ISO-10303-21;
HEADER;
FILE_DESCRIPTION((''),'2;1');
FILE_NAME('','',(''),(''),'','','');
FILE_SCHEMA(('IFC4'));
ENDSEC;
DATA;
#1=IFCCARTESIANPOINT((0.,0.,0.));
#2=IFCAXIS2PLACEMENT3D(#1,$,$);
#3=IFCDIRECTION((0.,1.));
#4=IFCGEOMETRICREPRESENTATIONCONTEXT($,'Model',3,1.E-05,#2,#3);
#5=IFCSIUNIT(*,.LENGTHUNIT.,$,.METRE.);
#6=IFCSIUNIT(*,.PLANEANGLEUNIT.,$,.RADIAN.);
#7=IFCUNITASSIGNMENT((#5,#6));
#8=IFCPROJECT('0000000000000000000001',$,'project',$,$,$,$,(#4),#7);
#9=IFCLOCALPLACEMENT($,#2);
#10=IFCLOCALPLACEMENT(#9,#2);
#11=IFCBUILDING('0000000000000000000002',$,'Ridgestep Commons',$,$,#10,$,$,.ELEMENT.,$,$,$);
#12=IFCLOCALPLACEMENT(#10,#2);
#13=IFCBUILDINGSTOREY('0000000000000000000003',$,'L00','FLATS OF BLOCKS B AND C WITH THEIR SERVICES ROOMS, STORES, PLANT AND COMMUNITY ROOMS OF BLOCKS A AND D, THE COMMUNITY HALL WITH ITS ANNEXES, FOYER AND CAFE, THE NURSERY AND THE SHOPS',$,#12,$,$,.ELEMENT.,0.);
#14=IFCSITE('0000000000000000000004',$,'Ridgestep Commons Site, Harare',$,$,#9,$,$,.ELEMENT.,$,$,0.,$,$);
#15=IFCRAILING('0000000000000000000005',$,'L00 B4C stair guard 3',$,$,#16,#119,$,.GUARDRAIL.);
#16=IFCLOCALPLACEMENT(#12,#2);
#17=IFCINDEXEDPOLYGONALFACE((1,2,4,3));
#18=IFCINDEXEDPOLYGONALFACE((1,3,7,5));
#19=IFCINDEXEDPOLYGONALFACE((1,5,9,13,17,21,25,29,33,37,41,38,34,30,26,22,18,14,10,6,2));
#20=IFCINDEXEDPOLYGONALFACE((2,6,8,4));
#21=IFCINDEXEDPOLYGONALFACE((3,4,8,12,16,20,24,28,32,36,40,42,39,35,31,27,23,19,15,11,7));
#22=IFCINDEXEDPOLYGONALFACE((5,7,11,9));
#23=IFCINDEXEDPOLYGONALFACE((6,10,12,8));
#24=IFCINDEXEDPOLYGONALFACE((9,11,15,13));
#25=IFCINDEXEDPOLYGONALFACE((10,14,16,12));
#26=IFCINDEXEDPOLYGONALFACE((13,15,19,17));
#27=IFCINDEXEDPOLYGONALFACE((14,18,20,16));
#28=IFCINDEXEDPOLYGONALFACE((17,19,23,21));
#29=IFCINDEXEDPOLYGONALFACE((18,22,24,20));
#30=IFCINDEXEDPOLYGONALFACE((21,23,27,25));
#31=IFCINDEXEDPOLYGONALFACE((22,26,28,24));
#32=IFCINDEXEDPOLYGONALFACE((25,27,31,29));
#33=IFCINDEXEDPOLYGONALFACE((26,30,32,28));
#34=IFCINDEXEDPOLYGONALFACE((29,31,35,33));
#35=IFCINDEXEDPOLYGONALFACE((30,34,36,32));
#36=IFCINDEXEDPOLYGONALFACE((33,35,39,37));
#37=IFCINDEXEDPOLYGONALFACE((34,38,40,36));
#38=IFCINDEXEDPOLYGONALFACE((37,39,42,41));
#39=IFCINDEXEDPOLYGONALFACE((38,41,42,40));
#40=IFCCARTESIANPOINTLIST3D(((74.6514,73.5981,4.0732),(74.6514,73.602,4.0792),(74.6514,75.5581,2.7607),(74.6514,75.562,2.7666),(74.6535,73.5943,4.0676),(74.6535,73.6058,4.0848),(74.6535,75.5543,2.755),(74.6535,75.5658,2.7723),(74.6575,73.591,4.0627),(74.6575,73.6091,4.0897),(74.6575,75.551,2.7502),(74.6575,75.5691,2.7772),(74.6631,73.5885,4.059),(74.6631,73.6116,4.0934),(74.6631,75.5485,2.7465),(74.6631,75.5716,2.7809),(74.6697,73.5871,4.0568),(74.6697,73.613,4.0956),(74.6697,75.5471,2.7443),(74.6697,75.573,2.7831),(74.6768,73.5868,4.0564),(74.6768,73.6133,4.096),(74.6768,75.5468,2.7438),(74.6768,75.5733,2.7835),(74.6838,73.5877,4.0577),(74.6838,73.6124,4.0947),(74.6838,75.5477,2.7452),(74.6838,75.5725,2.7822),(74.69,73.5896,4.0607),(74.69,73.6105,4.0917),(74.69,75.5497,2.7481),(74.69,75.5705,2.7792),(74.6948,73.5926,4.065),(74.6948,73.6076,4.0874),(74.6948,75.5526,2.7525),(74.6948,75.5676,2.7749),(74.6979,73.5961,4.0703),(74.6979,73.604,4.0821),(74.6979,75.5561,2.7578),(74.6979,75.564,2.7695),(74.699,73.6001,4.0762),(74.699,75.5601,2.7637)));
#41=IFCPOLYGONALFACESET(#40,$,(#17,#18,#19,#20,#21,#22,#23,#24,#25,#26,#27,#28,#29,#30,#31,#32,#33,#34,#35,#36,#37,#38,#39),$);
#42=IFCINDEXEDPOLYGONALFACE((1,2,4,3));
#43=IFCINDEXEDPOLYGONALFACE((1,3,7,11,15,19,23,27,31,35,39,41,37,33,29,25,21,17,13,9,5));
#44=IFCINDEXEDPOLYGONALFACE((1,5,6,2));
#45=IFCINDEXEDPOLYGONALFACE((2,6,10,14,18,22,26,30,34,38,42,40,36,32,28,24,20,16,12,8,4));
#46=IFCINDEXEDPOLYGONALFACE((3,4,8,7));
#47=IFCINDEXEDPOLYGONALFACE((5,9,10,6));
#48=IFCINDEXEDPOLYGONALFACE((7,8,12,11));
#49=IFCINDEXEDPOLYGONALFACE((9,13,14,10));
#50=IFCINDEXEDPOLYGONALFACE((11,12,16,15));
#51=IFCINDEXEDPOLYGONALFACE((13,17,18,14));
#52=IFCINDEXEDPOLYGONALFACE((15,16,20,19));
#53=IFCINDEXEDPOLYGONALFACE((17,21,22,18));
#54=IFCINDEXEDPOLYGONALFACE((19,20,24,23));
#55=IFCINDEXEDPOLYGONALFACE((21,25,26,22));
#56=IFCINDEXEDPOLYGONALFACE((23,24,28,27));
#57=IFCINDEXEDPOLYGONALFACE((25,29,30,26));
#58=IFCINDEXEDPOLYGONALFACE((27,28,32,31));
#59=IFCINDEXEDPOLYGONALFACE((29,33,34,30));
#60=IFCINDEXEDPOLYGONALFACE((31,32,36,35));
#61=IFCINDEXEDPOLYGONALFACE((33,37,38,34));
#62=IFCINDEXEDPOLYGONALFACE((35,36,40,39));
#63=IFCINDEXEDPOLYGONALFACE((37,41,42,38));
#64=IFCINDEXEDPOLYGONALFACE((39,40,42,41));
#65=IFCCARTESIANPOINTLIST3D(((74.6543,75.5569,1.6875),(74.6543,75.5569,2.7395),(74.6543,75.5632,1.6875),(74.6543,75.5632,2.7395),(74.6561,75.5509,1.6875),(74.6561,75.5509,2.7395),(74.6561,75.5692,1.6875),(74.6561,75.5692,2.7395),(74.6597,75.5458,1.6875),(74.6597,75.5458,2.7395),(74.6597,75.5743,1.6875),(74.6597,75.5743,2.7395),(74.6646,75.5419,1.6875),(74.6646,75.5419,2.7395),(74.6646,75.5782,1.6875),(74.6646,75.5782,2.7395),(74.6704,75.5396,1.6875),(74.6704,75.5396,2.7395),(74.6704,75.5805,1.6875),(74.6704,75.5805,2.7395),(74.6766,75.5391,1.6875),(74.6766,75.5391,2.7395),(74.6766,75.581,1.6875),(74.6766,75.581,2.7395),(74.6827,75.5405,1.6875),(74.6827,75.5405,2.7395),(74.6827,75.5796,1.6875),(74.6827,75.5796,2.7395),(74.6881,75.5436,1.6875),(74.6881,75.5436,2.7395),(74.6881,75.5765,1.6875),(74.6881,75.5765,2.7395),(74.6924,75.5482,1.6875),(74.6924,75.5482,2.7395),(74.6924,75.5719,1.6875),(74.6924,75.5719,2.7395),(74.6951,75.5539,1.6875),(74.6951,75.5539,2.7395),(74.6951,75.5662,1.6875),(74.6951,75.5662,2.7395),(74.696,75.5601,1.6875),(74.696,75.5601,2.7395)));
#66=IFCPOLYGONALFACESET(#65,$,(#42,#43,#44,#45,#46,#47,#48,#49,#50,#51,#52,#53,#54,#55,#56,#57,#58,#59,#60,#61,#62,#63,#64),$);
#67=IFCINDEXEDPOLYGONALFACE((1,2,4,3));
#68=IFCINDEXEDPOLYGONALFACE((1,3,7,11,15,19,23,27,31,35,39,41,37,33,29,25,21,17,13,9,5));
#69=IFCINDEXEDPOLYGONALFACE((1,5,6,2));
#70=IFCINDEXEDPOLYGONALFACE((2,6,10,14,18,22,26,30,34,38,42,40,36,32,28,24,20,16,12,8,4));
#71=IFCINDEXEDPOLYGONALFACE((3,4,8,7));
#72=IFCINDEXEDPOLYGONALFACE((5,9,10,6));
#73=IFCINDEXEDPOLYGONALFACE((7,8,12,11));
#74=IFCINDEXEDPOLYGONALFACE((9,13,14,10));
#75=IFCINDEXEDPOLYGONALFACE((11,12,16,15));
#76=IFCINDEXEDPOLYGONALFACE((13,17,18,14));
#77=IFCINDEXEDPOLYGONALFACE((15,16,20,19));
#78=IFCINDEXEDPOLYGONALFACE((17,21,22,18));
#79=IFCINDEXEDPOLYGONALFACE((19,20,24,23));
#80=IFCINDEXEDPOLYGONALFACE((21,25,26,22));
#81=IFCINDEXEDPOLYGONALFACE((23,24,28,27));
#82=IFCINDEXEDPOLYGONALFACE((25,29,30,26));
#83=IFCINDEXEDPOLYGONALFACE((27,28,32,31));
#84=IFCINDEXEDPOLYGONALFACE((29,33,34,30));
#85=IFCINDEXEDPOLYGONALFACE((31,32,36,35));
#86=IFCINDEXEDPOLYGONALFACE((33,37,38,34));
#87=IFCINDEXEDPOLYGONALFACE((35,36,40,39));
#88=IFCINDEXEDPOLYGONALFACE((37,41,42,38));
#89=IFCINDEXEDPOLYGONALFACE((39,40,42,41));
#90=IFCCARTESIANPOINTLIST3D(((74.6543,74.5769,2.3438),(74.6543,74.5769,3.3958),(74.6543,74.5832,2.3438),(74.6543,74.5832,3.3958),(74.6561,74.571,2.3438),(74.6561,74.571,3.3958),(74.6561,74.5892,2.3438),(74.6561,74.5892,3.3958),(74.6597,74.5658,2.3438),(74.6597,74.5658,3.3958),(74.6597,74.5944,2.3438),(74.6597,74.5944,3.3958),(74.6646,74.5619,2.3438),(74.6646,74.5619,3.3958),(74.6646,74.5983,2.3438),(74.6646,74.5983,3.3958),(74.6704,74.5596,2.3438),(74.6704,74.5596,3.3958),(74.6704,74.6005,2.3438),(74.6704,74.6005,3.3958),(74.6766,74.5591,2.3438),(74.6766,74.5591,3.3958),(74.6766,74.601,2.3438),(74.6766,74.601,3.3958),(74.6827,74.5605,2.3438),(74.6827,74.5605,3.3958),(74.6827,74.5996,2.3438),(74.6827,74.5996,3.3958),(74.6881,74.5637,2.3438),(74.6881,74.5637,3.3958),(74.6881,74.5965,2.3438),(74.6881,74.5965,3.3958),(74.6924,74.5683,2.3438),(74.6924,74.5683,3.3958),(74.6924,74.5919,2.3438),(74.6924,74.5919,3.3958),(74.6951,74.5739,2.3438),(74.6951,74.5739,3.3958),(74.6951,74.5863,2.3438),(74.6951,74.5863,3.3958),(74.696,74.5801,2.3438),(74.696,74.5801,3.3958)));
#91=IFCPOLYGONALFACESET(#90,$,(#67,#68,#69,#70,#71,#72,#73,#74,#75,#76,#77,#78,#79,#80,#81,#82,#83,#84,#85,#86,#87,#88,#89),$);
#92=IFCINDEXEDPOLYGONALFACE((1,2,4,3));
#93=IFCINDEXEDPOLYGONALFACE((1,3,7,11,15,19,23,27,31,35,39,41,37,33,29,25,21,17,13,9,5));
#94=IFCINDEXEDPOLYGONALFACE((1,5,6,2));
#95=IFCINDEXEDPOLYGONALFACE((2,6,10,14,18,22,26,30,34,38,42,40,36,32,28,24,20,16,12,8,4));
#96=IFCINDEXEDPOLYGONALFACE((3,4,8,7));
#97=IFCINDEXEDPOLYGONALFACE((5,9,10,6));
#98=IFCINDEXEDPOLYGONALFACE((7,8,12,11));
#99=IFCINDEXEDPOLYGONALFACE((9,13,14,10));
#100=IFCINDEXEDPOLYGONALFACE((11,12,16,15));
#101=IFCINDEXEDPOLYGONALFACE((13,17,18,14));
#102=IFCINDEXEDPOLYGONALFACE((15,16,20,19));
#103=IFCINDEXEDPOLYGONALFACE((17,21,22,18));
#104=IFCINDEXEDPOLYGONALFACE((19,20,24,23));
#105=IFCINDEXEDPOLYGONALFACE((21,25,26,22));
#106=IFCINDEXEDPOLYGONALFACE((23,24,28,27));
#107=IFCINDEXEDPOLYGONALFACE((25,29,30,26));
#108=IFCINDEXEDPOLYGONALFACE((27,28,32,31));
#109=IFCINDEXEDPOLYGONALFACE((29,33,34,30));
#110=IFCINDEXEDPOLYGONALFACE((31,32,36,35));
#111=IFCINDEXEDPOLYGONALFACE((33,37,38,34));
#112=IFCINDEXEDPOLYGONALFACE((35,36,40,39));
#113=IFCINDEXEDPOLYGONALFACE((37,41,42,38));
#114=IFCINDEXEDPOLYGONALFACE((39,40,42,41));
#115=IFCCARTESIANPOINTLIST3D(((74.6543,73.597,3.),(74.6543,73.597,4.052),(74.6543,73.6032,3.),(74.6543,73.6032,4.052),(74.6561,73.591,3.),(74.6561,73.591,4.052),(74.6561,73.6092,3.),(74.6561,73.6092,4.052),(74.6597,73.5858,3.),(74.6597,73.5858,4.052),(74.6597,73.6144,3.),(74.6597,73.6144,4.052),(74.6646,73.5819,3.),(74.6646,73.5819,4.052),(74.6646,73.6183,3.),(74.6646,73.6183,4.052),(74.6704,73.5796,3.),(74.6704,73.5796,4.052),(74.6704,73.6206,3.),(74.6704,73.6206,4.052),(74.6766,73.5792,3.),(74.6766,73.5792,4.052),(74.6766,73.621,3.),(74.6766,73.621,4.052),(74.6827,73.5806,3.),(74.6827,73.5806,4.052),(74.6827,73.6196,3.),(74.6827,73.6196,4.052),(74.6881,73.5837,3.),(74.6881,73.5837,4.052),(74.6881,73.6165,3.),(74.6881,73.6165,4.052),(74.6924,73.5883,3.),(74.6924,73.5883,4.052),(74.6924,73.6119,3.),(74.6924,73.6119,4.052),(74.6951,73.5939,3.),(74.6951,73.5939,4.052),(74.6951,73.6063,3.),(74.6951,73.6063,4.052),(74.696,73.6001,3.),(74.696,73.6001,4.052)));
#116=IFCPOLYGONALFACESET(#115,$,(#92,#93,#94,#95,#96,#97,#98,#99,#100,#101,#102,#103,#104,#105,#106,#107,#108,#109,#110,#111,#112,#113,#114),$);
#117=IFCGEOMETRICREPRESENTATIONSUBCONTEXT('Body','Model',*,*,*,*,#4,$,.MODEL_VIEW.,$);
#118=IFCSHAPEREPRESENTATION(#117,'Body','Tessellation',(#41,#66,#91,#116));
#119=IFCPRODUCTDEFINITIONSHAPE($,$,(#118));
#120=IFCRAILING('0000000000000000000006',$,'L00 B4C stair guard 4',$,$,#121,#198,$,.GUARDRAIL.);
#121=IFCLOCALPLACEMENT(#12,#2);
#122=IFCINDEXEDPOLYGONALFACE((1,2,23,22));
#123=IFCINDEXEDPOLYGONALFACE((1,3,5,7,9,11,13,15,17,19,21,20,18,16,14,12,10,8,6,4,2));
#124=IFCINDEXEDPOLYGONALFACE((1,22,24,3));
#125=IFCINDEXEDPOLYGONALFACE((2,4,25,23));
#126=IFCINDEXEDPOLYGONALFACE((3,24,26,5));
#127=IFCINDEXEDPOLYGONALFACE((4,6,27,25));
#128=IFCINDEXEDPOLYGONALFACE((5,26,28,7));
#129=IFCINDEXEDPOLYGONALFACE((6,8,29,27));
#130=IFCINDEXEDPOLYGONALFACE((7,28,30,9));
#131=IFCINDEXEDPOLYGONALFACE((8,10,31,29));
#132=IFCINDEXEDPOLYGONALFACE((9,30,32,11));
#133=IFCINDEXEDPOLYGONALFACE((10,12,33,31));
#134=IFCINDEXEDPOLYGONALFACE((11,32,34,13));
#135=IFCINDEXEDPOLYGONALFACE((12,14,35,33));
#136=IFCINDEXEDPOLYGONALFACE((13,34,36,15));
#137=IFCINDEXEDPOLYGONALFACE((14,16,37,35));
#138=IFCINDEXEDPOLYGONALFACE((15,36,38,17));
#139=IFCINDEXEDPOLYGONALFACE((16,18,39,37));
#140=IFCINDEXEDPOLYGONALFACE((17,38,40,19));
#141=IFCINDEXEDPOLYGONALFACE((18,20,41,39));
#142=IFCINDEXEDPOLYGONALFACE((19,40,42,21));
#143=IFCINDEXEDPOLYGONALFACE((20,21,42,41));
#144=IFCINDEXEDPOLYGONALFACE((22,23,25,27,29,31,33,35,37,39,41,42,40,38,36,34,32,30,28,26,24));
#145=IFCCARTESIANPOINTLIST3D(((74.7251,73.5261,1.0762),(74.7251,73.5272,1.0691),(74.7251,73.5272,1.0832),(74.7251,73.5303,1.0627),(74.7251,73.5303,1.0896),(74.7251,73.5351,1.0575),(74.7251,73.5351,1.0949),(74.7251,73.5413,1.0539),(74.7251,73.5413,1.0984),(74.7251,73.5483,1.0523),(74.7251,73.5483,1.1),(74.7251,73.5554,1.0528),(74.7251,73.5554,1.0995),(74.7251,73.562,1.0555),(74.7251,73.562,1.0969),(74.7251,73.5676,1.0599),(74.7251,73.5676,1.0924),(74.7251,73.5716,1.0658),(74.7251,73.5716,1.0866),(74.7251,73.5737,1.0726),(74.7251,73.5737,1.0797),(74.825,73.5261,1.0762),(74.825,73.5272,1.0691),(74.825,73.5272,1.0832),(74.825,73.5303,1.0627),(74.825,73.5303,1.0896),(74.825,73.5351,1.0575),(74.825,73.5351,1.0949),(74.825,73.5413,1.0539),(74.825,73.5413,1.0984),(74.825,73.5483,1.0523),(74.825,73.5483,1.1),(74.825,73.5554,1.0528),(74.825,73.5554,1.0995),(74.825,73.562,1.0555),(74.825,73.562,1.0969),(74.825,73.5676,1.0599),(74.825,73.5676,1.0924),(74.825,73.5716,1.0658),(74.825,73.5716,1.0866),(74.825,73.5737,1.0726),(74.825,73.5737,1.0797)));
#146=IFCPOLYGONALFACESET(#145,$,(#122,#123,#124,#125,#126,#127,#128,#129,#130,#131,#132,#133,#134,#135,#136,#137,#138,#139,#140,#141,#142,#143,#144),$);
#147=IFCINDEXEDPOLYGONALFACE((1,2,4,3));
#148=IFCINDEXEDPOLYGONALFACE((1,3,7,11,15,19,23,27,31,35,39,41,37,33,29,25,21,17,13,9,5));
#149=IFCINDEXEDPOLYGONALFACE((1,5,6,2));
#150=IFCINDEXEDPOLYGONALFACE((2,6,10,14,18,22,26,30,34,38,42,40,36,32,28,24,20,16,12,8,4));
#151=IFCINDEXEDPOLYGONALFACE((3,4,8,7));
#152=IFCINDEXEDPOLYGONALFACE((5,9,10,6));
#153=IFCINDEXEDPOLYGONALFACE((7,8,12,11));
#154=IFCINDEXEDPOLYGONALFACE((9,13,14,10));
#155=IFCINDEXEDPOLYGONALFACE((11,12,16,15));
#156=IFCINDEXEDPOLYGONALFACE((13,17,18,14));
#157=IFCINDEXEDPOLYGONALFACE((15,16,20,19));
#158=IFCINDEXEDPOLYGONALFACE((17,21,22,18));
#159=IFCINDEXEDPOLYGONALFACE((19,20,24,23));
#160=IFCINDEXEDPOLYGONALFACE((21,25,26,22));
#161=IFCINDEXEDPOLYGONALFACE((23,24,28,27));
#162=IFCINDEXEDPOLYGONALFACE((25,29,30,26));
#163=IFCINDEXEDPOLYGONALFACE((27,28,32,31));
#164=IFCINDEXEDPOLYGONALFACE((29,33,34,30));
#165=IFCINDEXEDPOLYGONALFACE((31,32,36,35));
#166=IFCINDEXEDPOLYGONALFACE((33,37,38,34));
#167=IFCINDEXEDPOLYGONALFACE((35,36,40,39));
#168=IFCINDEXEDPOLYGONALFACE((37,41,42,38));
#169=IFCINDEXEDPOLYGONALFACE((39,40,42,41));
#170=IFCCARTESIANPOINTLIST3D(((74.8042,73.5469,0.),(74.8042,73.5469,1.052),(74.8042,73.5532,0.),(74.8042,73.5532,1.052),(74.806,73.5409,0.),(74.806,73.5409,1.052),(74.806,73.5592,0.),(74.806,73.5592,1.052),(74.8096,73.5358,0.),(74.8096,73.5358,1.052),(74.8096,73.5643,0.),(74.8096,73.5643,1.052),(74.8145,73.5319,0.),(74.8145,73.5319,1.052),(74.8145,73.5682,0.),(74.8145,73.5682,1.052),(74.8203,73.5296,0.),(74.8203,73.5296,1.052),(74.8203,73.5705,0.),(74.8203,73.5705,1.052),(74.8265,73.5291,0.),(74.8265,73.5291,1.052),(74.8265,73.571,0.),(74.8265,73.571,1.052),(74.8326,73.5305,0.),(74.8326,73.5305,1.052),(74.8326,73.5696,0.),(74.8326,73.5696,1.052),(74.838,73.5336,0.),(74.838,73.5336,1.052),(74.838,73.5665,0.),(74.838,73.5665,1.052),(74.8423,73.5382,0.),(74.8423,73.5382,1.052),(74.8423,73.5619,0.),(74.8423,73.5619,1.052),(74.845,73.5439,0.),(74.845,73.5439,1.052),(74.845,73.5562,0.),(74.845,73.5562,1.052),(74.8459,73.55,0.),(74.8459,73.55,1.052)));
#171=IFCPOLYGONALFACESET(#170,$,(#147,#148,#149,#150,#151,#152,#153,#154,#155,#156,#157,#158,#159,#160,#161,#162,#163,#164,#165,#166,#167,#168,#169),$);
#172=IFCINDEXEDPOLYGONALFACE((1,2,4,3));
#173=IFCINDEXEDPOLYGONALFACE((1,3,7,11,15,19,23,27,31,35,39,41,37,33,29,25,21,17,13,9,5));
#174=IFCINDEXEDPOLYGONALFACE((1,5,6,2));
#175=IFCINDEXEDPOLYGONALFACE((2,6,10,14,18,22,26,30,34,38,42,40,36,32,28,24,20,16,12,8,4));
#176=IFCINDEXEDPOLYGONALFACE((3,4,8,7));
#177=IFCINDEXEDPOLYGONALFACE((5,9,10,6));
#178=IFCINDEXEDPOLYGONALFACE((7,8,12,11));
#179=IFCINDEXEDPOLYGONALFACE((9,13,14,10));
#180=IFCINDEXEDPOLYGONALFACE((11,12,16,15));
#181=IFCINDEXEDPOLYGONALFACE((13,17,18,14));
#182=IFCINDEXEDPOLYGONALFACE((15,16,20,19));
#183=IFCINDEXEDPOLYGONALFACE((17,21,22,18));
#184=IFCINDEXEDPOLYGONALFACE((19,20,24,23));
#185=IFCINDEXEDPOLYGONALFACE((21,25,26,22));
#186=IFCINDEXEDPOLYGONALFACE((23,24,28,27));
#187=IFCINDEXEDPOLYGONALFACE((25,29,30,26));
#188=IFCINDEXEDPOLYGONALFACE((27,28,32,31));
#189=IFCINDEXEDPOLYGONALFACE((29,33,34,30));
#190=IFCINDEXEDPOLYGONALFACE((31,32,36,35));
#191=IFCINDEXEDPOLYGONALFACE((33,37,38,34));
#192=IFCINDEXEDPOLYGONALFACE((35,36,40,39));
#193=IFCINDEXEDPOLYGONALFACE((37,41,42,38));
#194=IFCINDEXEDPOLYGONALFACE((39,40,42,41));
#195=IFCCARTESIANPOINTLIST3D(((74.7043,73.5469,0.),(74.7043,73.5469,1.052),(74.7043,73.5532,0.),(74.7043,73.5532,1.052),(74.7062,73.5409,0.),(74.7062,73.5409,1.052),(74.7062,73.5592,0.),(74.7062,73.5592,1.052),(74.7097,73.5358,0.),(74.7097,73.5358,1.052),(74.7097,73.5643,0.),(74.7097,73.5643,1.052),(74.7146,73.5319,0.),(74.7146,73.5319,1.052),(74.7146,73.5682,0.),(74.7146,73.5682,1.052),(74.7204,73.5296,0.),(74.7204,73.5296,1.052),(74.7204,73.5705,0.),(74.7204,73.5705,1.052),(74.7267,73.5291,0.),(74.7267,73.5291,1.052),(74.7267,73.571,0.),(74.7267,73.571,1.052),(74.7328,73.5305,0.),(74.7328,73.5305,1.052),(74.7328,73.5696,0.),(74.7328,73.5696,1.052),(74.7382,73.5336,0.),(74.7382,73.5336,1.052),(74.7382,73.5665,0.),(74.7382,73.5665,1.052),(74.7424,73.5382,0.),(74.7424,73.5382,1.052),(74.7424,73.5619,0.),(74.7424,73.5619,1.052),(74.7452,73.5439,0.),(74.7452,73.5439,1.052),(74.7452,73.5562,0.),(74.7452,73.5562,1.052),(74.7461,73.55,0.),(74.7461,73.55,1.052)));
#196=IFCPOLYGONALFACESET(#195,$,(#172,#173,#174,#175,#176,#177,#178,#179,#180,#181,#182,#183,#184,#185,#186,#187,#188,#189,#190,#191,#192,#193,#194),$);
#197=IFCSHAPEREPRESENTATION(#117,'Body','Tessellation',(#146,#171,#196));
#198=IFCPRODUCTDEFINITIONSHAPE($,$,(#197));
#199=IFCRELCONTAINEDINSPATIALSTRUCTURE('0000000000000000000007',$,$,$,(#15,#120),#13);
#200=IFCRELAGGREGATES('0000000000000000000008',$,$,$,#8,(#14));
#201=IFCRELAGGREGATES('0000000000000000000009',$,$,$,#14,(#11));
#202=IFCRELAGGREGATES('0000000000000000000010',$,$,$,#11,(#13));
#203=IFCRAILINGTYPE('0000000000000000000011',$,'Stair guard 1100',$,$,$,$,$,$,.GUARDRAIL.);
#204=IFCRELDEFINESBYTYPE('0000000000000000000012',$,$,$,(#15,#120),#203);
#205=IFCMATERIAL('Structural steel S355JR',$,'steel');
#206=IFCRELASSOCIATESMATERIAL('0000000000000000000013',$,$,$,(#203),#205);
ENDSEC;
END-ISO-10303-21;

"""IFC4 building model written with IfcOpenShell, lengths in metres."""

from ifc_helpers import new_model, si_unit, direction, frame, origin, origin_2d, place, context, subcontext, project, spatial, circle, extrude, material, type_object, element, save


model = new_model("IFC4")

# Units and contexts
model_context = context("Model", 3, precision=1e-05, world=origin(), true_north=direction((0.0, 1.0)))
body_context = subcontext(model_context, "Body", "Model", "MODEL_VIEW")
ifc_project = project(units=[si_unit("LENGTHUNIT", "METRE"), si_unit("PLANEANGLEUNIT", "RADIAN")], contexts=[model_context])

# Site, building, storey
site_placement = place(None, origin())
site = spatial("IfcSite", under=ifc_project, at=site_placement, Name="Ridgestep Commons Site, Harare", CompositionType="ELEMENT", RefElevation=0.0)
building_placement = place(site_placement, origin())
building = spatial("IfcBuilding", under=site, at=building_placement, Name="Ridgestep Commons", CompositionType="ELEMENT")
storey_placement = place(building_placement, origin())
storey = spatial("IfcBuildingStorey", under=building, at=storey_placement, Name="L00", Description="FLATS OF BLOCKS B AND C WITH THEIR SERVICES ROOMS, STORES, PLANT AND COMMUNITY ROOMS OF BLOCKS A AND D, THE COMMUNITY HALL WITH ITS ANNEXES, FOYER AND CAFE, THE NURSERY AND THE SHOPS", CompositionType="ELEMENT", Elevation=0.0)

# Railings
ifc_material_1 = material(Name="Structural steel S355JR", Category="steel")
railing_type_1 = type_object("IfcRailingType", Name="Stair guard 1100", PredefinedType="GUARDRAIL", material=ifc_material_1)
railing_1_placement = place(storey_placement, frame((74.675, 75.5601, 1.6875)))
element("IfcRailing", 1, at=railing_1_placement, inside=storey, type_object=railing_type_1, Name="L00 B4C stair guard 3", PredefinedType="GUARDRAIL", context=body_context, shape_type="SweptSolid", body=[
    extrude(circle(Radius=0.0239, at=origin_2d()), frame((0.0, 0.0, 1.0762), z_axis=(0.0, -0.830902, 0.556419), x_axis=(1.0, 0.0, 0.0)), (0.0, 0.0, 1.0), 2.3589),
    extrude(circle(Radius=0.021, at=origin_2d()), origin(), (0.0, 0.0, 1.0), 1.052),
    extrude(circle(Radius=0.021, at=origin_2d()), frame((0.0, -0.98, 0.6562)), (0.0, 0.0, 1.0), 1.052),
    extrude(circle(Radius=0.021, at=origin_2d()), frame((0.0, -1.96, 1.3125)), (0.0, 0.0, 1.0), 1.052),
])
railing_2_placement = place(storey_placement, frame((74.825, 73.55, 0.0)))
element("IfcRailing", 2, at=railing_2_placement, inside=storey, type_object=railing_type_1, Name="L00 B4C stair guard 4", PredefinedType="GUARDRAIL", context=body_context, shape_type="SweptSolid", body=[
    extrude(circle(Radius=0.0239, at=origin_2d()), frame((0.0, 0.0, 1.0762), z_axis=(-1.0, 0.0, 0.0), x_axis=(0.0, -1.0, 0.0)), (0.0, 0.0, 1.0), 0.0999),
    extrude(circle(Radius=0.021, at=origin_2d()), origin(), (0.0, 0.0, 1.0), 1.052),
    extrude(circle(Radius=0.021, at=origin_2d()), frame((-0.0999, 0.0, 0.0)), (0.0, 0.0, 1.0), 1.052),
])

save(model, "model.ifc")
